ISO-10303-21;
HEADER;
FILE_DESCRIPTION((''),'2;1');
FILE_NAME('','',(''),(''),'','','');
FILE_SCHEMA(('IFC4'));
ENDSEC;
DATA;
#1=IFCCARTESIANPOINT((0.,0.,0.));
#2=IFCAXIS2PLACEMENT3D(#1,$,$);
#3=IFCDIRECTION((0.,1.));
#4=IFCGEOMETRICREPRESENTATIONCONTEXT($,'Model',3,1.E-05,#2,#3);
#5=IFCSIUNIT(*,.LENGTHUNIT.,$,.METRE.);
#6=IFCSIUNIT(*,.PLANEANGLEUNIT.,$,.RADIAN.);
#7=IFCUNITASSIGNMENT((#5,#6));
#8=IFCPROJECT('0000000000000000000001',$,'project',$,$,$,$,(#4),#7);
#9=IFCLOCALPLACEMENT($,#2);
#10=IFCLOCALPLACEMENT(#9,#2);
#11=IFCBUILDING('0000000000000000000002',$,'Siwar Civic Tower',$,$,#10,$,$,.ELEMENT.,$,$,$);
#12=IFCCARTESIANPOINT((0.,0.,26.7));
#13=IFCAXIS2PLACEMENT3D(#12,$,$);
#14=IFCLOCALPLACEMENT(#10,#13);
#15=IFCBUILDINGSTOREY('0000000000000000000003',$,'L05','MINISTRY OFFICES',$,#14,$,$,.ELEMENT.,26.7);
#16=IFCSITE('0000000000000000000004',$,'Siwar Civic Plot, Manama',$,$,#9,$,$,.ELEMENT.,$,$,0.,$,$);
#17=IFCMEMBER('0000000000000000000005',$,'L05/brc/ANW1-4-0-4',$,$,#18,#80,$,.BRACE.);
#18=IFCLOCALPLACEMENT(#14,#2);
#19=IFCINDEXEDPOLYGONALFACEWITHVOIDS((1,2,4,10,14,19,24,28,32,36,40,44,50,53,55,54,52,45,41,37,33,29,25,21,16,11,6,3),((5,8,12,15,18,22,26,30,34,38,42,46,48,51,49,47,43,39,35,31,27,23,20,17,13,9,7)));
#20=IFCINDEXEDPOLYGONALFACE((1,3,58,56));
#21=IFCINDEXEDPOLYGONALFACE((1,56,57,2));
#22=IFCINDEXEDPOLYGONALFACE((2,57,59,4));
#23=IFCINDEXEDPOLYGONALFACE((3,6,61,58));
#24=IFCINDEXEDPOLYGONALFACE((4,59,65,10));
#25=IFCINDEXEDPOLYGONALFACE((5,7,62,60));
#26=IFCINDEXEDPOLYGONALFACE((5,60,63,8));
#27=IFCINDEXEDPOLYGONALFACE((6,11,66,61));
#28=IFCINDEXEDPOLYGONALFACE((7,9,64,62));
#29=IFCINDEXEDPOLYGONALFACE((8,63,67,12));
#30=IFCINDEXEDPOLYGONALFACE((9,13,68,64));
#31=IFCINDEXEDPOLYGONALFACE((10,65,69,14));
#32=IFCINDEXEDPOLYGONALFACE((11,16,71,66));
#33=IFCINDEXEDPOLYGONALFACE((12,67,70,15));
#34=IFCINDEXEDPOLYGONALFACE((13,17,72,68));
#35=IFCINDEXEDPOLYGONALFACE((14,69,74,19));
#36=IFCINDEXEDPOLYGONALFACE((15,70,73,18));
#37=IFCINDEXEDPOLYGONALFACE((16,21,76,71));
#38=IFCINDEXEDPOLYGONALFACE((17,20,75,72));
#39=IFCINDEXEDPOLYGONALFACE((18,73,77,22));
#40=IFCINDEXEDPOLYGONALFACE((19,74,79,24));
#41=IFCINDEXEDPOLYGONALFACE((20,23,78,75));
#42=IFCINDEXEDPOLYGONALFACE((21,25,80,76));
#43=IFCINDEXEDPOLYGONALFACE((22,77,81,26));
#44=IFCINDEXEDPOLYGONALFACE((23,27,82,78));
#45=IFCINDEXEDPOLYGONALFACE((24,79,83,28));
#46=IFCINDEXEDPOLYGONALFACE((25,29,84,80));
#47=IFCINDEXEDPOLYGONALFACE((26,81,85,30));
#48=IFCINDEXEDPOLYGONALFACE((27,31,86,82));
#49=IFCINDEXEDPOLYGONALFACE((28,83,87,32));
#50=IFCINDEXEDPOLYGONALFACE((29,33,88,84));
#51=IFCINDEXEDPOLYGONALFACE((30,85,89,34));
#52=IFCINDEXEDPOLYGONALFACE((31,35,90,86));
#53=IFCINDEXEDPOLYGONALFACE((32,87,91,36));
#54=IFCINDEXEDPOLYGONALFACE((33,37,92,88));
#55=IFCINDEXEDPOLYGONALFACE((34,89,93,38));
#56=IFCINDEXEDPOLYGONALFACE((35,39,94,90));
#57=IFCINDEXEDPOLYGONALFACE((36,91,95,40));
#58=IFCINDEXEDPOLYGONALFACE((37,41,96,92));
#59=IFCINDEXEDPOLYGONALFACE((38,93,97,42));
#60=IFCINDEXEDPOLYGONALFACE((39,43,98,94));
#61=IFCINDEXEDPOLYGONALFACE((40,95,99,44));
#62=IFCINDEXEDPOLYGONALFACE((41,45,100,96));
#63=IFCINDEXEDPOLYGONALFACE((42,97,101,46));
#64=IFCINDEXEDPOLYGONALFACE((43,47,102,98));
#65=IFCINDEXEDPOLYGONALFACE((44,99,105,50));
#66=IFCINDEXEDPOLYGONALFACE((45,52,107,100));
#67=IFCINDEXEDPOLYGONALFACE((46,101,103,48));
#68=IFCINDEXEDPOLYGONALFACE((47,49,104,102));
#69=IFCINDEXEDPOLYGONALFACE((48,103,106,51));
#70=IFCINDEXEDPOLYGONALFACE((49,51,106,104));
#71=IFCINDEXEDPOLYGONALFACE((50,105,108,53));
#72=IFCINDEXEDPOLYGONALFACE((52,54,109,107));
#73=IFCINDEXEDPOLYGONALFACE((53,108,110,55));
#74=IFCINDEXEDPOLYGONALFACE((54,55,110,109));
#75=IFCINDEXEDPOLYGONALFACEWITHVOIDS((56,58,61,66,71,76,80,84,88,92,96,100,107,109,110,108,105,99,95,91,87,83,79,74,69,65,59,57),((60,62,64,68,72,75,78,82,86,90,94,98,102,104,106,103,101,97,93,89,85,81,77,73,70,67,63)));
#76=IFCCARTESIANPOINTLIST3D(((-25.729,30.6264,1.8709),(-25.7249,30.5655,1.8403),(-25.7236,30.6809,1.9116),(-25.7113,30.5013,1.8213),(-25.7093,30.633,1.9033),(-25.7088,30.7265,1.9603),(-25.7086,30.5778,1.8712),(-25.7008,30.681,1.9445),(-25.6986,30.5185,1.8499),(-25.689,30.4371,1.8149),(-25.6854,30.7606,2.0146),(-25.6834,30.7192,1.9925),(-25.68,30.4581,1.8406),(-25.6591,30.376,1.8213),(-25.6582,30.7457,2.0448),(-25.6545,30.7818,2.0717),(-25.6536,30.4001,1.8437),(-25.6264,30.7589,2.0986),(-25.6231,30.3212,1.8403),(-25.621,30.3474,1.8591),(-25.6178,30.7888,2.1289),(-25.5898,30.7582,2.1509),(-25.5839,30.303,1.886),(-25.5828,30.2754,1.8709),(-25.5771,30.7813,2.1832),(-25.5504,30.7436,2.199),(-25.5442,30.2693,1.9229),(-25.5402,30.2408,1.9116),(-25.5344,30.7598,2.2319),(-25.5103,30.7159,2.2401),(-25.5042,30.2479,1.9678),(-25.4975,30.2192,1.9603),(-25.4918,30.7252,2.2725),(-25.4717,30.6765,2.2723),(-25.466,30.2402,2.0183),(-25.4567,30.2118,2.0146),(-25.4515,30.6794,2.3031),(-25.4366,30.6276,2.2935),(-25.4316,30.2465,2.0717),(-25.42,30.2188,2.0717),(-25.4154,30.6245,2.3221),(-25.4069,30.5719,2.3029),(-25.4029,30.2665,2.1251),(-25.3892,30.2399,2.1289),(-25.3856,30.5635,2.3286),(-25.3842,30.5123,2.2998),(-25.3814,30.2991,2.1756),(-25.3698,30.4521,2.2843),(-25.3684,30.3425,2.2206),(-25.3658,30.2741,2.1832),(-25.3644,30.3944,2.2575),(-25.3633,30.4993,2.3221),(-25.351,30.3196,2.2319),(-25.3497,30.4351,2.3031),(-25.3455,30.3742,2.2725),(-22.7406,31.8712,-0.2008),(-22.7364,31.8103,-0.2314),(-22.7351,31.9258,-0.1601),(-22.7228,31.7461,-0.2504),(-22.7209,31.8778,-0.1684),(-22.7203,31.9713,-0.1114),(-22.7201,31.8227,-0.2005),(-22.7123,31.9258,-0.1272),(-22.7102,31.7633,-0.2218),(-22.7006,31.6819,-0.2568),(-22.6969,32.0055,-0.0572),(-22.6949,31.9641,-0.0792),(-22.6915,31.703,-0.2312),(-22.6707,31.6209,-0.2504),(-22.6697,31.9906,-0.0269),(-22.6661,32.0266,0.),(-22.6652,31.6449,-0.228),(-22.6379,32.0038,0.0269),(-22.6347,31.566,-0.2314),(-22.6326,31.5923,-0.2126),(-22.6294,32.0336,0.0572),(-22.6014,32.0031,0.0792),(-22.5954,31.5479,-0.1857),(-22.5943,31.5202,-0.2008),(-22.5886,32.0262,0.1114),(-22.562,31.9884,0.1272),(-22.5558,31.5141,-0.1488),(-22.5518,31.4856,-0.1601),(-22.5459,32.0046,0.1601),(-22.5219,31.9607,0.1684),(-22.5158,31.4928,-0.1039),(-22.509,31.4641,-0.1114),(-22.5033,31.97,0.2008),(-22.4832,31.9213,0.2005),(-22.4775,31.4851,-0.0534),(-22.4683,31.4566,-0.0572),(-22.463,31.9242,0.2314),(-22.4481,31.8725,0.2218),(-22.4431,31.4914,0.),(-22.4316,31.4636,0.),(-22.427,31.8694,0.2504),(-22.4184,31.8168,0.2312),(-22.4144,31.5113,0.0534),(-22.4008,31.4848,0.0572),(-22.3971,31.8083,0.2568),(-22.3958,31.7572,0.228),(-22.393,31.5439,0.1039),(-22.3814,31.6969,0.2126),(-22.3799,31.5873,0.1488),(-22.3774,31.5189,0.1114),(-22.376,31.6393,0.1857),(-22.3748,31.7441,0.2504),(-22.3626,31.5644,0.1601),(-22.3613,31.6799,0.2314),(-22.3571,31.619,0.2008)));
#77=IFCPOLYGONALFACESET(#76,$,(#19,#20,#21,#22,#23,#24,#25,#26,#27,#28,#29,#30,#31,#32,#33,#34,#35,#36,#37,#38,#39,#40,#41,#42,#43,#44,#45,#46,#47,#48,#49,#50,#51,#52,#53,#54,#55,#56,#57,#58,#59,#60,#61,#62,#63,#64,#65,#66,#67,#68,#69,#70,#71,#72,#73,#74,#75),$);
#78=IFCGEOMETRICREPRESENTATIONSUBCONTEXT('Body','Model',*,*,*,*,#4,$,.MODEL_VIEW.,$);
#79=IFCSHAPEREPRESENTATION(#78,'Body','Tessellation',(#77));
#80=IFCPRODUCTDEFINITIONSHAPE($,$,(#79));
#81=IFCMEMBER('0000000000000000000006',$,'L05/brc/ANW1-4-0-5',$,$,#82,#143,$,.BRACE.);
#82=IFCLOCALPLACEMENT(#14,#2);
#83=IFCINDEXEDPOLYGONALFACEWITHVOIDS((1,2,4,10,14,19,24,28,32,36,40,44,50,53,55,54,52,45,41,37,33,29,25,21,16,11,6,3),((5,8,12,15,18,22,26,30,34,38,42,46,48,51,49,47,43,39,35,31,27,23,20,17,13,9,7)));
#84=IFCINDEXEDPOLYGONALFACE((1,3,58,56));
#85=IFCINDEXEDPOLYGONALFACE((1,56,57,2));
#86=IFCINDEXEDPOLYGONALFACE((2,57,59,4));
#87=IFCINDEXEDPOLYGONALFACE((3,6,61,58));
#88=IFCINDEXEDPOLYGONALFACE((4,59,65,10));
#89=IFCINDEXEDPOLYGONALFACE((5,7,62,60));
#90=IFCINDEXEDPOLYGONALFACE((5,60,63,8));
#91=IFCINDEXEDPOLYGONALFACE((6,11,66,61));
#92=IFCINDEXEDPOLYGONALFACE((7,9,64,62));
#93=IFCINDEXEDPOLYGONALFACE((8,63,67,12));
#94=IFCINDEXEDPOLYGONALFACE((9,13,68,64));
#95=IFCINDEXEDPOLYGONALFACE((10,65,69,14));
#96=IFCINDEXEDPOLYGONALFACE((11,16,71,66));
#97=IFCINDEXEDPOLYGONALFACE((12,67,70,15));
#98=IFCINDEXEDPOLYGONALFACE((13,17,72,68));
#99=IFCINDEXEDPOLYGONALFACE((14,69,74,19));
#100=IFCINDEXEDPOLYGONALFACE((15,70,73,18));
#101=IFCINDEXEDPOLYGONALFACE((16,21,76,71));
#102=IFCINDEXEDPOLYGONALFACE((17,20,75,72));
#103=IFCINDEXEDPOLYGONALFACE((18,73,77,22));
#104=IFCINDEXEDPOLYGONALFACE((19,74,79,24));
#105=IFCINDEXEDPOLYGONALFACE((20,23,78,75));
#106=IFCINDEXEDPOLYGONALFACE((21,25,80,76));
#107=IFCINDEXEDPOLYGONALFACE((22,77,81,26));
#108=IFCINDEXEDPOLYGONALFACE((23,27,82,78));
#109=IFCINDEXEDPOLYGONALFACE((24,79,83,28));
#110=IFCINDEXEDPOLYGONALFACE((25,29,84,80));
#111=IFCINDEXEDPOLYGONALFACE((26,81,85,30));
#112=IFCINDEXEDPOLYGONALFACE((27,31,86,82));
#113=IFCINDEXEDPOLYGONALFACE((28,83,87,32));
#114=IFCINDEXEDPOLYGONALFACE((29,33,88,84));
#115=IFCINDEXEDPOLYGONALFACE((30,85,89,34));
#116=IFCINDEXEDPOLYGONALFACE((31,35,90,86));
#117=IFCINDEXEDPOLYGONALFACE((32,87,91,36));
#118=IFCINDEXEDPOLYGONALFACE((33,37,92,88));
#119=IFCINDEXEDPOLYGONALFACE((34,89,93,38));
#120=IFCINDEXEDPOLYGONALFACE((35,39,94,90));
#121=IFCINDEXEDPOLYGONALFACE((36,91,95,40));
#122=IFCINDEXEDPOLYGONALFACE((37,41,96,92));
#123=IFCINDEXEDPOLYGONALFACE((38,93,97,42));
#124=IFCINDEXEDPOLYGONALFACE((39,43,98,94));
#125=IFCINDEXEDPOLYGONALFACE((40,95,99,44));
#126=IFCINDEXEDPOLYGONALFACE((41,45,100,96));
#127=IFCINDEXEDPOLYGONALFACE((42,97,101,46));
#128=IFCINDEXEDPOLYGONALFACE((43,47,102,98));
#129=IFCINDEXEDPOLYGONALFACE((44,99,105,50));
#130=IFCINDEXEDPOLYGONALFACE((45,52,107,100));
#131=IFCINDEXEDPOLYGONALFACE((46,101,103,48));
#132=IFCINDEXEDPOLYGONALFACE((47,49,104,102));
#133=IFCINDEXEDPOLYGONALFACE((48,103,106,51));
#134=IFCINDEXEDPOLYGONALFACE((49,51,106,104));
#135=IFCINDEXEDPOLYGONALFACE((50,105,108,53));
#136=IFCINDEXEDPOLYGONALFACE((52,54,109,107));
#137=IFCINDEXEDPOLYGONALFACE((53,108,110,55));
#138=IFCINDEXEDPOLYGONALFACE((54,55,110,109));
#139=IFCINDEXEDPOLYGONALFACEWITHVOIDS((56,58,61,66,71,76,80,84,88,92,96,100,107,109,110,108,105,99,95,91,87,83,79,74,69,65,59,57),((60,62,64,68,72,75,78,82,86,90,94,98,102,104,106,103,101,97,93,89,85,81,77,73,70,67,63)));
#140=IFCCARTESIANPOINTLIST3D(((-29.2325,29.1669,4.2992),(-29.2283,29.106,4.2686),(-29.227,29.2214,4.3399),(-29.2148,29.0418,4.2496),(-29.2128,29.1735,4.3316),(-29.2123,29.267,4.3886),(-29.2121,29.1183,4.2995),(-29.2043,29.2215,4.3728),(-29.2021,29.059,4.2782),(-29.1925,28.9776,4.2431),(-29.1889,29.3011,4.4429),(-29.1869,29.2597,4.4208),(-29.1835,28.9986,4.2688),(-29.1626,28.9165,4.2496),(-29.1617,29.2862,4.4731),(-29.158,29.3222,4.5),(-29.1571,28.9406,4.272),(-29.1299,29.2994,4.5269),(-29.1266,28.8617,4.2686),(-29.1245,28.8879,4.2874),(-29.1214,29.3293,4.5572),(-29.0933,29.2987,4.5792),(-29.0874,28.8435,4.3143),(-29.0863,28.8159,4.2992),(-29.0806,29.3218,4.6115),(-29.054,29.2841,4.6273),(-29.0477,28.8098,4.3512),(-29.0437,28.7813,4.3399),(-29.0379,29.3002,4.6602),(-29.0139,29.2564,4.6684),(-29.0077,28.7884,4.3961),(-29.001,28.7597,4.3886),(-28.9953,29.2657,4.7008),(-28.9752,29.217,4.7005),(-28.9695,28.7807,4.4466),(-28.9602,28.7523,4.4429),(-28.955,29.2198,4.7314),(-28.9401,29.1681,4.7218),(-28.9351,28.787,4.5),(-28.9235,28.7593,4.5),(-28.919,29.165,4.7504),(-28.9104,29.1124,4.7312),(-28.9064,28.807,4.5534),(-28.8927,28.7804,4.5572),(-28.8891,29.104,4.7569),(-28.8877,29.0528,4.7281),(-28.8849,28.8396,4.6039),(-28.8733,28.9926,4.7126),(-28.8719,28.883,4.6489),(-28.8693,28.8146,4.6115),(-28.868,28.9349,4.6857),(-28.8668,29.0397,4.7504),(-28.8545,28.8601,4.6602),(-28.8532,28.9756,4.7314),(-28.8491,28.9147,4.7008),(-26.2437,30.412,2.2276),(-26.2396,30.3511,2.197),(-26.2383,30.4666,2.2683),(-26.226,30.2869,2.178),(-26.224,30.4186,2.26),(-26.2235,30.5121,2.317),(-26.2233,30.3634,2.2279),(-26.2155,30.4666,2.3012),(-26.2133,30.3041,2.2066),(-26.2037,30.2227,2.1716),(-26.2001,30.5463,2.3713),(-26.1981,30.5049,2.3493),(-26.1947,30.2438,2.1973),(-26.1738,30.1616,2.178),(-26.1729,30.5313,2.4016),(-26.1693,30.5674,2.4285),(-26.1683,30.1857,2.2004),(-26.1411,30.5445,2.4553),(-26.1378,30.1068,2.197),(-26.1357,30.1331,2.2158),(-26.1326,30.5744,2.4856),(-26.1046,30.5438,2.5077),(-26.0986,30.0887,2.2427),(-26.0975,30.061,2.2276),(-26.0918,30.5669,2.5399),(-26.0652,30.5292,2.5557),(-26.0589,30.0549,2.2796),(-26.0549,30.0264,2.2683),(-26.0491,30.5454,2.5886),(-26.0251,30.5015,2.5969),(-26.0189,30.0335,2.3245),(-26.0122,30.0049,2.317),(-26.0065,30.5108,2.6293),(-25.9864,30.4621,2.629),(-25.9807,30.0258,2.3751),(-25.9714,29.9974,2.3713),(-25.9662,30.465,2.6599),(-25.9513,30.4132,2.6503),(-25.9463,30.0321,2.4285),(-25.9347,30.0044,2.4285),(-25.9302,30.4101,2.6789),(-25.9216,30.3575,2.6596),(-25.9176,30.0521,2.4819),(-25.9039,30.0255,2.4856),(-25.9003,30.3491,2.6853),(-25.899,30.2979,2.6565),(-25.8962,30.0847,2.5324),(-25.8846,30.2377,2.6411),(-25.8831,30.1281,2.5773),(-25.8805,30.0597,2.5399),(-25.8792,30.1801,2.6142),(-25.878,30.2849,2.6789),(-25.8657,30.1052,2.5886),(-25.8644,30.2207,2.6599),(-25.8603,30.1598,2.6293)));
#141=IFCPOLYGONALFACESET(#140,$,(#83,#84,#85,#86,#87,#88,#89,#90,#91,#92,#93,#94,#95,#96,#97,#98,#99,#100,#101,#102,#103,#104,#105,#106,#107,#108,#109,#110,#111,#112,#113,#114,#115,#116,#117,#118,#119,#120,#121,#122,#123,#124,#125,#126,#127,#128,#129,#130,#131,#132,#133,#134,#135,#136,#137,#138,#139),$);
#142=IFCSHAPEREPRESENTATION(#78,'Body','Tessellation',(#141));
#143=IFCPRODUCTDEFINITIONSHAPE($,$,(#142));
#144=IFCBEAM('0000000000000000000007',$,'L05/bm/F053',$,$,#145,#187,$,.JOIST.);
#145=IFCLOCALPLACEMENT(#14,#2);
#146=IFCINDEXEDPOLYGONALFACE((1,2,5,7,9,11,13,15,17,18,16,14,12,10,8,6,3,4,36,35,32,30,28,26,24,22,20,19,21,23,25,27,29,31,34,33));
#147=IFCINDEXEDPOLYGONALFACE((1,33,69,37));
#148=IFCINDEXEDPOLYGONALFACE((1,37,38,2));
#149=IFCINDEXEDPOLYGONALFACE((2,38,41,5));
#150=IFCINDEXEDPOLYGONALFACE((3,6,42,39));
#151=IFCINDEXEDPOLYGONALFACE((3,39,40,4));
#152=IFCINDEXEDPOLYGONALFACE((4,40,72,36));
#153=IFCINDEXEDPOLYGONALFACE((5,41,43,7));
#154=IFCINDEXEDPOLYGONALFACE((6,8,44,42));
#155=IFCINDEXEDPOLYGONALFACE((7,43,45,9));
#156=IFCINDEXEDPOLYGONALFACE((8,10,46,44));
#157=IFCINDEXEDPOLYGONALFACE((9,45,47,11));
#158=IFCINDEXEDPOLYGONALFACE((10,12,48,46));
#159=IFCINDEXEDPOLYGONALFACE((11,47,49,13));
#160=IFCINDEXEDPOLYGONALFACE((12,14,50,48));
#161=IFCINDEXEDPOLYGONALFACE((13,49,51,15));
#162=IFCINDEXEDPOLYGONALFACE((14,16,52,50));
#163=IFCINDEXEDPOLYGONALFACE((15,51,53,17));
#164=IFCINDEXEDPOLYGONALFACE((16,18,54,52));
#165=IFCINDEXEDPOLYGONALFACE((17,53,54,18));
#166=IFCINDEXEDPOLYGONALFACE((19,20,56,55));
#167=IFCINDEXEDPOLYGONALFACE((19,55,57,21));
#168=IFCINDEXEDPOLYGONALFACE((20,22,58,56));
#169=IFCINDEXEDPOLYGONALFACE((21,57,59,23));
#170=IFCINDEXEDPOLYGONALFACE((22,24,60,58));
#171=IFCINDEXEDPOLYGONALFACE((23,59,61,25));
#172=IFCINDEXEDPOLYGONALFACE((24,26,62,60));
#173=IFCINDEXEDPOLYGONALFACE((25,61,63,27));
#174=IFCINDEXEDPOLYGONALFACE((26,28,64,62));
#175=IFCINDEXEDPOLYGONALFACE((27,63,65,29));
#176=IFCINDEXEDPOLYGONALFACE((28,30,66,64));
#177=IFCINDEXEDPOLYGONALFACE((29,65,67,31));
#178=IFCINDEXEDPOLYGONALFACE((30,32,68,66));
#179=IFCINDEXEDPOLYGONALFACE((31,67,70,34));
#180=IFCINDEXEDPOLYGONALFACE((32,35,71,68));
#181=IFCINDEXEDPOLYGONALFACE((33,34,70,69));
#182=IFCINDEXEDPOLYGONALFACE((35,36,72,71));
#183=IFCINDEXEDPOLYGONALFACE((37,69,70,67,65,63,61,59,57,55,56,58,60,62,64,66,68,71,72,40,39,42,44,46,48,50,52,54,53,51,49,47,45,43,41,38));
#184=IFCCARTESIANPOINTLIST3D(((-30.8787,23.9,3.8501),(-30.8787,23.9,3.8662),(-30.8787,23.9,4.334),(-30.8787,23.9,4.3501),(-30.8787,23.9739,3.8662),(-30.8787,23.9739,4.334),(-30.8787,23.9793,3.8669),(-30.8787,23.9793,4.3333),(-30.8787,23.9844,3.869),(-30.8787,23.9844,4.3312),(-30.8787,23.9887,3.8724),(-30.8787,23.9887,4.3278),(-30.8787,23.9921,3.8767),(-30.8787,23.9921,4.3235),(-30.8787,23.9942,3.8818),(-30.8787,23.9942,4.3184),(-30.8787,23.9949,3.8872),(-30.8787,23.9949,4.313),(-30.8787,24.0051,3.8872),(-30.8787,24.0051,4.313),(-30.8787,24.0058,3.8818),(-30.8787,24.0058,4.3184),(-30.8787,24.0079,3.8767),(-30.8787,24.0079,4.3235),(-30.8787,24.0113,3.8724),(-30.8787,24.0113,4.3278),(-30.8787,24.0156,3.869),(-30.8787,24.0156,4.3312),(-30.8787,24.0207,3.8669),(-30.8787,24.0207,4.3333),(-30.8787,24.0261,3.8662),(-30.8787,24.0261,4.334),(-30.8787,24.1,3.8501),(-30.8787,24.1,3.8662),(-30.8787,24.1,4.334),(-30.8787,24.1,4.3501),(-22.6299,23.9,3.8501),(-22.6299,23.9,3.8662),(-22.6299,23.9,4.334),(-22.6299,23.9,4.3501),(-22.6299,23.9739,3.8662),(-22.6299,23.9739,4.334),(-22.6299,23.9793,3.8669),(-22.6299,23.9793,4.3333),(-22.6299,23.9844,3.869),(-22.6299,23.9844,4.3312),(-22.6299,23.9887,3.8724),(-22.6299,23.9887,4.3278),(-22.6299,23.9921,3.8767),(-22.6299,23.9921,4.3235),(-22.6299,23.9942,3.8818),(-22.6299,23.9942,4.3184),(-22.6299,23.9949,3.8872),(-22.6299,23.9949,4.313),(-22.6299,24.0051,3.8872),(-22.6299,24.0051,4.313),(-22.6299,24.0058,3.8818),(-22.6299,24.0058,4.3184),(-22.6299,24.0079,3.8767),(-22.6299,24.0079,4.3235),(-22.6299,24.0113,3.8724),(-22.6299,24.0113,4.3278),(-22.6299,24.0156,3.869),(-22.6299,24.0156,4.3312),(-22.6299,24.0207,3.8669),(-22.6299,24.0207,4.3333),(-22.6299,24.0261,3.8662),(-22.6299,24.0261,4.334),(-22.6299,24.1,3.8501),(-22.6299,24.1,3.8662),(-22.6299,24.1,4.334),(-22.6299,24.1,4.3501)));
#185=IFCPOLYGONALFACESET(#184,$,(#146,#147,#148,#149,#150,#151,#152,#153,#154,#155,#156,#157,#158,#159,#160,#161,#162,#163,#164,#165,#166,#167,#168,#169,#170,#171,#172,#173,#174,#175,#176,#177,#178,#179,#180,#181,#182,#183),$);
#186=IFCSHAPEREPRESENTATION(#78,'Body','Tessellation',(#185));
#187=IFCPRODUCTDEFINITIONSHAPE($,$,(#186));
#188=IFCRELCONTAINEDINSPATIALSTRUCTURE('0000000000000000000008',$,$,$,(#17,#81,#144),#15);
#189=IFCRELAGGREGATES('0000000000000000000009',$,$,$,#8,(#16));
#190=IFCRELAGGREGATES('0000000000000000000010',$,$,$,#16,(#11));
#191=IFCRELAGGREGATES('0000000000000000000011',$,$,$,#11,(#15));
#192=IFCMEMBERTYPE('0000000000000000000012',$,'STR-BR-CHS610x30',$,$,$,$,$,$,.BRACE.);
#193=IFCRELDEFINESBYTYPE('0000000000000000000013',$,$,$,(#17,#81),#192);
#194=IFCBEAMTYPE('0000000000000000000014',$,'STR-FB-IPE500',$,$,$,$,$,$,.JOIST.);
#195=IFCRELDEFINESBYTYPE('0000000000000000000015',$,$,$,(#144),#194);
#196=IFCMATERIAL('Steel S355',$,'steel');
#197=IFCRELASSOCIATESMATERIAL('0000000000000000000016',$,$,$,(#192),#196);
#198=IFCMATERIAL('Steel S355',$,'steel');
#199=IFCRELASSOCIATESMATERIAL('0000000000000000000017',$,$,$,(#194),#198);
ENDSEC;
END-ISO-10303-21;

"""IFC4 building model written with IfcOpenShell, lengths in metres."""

from ifc_helpers import new_model, si_unit, direction, frame, origin, origin_2d, place, context, subcontext, project, spatial, hollow_circle, i_section, extrude, material, material_profile, profile_set, type_object, element, save


model = new_model("IFC4")

# Units and contexts
model_context = context("Model", 3, precision=1e-05, world=origin(), true_north=direction((0.0, 1.0)))
body_context = subcontext(model_context, "Body", "Model", "MODEL_VIEW")
ifc_project = project(units=[si_unit("LENGTHUNIT", "METRE"), si_unit("PLANEANGLEUNIT", "RADIAN")], contexts=[model_context])

# Site, building, storey
site_placement = place(None, origin())
site = spatial("IfcSite", under=ifc_project, at=site_placement, Name="Siwar Civic Plot, Manama", CompositionType="ELEMENT", RefElevation=0.0)
building_placement = place(site_placement, origin())
building = spatial("IfcBuilding", under=site, at=building_placement, Name="Siwar Civic Tower", CompositionType="ELEMENT")
storey_placement = place(building_placement, frame((0.0, 0.0, 26.7)))
storey = spatial("IfcBuildingStorey", under=building, at=storey_placement, Name="L05", Description="MINISTRY OFFICES", CompositionType="ELEMENT", Elevation=26.7)

# Members
ifc_material_1 = material(Name="Steel S355", Category="steel")
ifc_material_profile_1 = material_profile(ifc_material_1, hollow_circle(Radius=0.3049, WallThickness=0.03, at=origin_2d()), Name="CHS610x30")
ifc_profile_set_1 = profile_set([ifc_material_profile_1], Name="Steel S355")
member_type_1 = type_object("IfcMemberType", Name="STR-BR-CHS610x30", PredefinedType="BRACE", material=ifc_profile_set_1)
member_1_placement = place(storey_placement, frame((-22.5488, 31.7451, 0.0), z_axis=(-0.777533, -0.323882, 0.53902), x_axis=(0.384524, -0.923115, 0.0)))
element("IfcMember", 1, at=member_1_placement, inside=storey, type_object=member_type_1, Name="L05/brc/ANW1-4-0-4", PredefinedType="BRACE", context=body_context, shape_type="SweptSolid", body=[
    extrude(hollow_circle(Radius=0.3049, WallThickness=0.03, at=origin_2d()), origin(), (0.0, 0.0, 1.0), 3.8435),
])
member_2_placement = place(storey_placement, frame((-26.052, 30.2859, 2.4285), z_axis=(-0.777569, -0.323934, 0.538937), x_axis=(0.384562, -0.923099, 0.0)))
element("IfcMember", 2, at=member_2_placement, inside=storey, type_object=member_type_1, Name="L05/brc/ANW1-4-0-5", PredefinedType="BRACE", context=body_context, shape_type="SweptSolid", body=[
    extrude(hollow_circle(Radius=0.3049, WallThickness=0.03, at=origin_2d()), origin(), (0.0, 0.0, 1.0), 3.8438),
])

# Beam
ifc_material_2 = material(Name="Steel S355", Category="steel")
ifc_material_profile_2 = material_profile(ifc_material_2, i_section(OverallWidth=0.2, OverallDepth=0.5, WebThickness=0.0103, FlangeThickness=0.0161, FilletRadius=0.021, at=origin_2d()), Name="IPE500")
ifc_profile_set_2 = profile_set([ifc_material_profile_2], Name="Steel S355")
beam_type_1 = type_object("IfcBeamType", Name="STR-FB-IPE500", PredefinedType="JOIST", material=ifc_profile_set_2)
beam_1_placement = place(storey_placement, frame((-30.8787, 24.0, 4.1001), z_axis=(1.0, 0.0, 0.0), x_axis=(0.0, 1.0, 0.0)))
element("IfcBeam", 3, at=beam_1_placement, inside=storey, type_object=beam_type_1, Name="L05/bm/F053", PredefinedType="JOIST", context=body_context, shape_type="SweptSolid", body=[
    extrude(i_section(OverallWidth=0.2, OverallDepth=0.5, WebThickness=0.0103, FlangeThickness=0.0161, FilletRadius=0.021, at=origin_2d()), origin(), (0.0, 0.0, 1.0), 8.2488),
])

save(model, "model.ifc")
